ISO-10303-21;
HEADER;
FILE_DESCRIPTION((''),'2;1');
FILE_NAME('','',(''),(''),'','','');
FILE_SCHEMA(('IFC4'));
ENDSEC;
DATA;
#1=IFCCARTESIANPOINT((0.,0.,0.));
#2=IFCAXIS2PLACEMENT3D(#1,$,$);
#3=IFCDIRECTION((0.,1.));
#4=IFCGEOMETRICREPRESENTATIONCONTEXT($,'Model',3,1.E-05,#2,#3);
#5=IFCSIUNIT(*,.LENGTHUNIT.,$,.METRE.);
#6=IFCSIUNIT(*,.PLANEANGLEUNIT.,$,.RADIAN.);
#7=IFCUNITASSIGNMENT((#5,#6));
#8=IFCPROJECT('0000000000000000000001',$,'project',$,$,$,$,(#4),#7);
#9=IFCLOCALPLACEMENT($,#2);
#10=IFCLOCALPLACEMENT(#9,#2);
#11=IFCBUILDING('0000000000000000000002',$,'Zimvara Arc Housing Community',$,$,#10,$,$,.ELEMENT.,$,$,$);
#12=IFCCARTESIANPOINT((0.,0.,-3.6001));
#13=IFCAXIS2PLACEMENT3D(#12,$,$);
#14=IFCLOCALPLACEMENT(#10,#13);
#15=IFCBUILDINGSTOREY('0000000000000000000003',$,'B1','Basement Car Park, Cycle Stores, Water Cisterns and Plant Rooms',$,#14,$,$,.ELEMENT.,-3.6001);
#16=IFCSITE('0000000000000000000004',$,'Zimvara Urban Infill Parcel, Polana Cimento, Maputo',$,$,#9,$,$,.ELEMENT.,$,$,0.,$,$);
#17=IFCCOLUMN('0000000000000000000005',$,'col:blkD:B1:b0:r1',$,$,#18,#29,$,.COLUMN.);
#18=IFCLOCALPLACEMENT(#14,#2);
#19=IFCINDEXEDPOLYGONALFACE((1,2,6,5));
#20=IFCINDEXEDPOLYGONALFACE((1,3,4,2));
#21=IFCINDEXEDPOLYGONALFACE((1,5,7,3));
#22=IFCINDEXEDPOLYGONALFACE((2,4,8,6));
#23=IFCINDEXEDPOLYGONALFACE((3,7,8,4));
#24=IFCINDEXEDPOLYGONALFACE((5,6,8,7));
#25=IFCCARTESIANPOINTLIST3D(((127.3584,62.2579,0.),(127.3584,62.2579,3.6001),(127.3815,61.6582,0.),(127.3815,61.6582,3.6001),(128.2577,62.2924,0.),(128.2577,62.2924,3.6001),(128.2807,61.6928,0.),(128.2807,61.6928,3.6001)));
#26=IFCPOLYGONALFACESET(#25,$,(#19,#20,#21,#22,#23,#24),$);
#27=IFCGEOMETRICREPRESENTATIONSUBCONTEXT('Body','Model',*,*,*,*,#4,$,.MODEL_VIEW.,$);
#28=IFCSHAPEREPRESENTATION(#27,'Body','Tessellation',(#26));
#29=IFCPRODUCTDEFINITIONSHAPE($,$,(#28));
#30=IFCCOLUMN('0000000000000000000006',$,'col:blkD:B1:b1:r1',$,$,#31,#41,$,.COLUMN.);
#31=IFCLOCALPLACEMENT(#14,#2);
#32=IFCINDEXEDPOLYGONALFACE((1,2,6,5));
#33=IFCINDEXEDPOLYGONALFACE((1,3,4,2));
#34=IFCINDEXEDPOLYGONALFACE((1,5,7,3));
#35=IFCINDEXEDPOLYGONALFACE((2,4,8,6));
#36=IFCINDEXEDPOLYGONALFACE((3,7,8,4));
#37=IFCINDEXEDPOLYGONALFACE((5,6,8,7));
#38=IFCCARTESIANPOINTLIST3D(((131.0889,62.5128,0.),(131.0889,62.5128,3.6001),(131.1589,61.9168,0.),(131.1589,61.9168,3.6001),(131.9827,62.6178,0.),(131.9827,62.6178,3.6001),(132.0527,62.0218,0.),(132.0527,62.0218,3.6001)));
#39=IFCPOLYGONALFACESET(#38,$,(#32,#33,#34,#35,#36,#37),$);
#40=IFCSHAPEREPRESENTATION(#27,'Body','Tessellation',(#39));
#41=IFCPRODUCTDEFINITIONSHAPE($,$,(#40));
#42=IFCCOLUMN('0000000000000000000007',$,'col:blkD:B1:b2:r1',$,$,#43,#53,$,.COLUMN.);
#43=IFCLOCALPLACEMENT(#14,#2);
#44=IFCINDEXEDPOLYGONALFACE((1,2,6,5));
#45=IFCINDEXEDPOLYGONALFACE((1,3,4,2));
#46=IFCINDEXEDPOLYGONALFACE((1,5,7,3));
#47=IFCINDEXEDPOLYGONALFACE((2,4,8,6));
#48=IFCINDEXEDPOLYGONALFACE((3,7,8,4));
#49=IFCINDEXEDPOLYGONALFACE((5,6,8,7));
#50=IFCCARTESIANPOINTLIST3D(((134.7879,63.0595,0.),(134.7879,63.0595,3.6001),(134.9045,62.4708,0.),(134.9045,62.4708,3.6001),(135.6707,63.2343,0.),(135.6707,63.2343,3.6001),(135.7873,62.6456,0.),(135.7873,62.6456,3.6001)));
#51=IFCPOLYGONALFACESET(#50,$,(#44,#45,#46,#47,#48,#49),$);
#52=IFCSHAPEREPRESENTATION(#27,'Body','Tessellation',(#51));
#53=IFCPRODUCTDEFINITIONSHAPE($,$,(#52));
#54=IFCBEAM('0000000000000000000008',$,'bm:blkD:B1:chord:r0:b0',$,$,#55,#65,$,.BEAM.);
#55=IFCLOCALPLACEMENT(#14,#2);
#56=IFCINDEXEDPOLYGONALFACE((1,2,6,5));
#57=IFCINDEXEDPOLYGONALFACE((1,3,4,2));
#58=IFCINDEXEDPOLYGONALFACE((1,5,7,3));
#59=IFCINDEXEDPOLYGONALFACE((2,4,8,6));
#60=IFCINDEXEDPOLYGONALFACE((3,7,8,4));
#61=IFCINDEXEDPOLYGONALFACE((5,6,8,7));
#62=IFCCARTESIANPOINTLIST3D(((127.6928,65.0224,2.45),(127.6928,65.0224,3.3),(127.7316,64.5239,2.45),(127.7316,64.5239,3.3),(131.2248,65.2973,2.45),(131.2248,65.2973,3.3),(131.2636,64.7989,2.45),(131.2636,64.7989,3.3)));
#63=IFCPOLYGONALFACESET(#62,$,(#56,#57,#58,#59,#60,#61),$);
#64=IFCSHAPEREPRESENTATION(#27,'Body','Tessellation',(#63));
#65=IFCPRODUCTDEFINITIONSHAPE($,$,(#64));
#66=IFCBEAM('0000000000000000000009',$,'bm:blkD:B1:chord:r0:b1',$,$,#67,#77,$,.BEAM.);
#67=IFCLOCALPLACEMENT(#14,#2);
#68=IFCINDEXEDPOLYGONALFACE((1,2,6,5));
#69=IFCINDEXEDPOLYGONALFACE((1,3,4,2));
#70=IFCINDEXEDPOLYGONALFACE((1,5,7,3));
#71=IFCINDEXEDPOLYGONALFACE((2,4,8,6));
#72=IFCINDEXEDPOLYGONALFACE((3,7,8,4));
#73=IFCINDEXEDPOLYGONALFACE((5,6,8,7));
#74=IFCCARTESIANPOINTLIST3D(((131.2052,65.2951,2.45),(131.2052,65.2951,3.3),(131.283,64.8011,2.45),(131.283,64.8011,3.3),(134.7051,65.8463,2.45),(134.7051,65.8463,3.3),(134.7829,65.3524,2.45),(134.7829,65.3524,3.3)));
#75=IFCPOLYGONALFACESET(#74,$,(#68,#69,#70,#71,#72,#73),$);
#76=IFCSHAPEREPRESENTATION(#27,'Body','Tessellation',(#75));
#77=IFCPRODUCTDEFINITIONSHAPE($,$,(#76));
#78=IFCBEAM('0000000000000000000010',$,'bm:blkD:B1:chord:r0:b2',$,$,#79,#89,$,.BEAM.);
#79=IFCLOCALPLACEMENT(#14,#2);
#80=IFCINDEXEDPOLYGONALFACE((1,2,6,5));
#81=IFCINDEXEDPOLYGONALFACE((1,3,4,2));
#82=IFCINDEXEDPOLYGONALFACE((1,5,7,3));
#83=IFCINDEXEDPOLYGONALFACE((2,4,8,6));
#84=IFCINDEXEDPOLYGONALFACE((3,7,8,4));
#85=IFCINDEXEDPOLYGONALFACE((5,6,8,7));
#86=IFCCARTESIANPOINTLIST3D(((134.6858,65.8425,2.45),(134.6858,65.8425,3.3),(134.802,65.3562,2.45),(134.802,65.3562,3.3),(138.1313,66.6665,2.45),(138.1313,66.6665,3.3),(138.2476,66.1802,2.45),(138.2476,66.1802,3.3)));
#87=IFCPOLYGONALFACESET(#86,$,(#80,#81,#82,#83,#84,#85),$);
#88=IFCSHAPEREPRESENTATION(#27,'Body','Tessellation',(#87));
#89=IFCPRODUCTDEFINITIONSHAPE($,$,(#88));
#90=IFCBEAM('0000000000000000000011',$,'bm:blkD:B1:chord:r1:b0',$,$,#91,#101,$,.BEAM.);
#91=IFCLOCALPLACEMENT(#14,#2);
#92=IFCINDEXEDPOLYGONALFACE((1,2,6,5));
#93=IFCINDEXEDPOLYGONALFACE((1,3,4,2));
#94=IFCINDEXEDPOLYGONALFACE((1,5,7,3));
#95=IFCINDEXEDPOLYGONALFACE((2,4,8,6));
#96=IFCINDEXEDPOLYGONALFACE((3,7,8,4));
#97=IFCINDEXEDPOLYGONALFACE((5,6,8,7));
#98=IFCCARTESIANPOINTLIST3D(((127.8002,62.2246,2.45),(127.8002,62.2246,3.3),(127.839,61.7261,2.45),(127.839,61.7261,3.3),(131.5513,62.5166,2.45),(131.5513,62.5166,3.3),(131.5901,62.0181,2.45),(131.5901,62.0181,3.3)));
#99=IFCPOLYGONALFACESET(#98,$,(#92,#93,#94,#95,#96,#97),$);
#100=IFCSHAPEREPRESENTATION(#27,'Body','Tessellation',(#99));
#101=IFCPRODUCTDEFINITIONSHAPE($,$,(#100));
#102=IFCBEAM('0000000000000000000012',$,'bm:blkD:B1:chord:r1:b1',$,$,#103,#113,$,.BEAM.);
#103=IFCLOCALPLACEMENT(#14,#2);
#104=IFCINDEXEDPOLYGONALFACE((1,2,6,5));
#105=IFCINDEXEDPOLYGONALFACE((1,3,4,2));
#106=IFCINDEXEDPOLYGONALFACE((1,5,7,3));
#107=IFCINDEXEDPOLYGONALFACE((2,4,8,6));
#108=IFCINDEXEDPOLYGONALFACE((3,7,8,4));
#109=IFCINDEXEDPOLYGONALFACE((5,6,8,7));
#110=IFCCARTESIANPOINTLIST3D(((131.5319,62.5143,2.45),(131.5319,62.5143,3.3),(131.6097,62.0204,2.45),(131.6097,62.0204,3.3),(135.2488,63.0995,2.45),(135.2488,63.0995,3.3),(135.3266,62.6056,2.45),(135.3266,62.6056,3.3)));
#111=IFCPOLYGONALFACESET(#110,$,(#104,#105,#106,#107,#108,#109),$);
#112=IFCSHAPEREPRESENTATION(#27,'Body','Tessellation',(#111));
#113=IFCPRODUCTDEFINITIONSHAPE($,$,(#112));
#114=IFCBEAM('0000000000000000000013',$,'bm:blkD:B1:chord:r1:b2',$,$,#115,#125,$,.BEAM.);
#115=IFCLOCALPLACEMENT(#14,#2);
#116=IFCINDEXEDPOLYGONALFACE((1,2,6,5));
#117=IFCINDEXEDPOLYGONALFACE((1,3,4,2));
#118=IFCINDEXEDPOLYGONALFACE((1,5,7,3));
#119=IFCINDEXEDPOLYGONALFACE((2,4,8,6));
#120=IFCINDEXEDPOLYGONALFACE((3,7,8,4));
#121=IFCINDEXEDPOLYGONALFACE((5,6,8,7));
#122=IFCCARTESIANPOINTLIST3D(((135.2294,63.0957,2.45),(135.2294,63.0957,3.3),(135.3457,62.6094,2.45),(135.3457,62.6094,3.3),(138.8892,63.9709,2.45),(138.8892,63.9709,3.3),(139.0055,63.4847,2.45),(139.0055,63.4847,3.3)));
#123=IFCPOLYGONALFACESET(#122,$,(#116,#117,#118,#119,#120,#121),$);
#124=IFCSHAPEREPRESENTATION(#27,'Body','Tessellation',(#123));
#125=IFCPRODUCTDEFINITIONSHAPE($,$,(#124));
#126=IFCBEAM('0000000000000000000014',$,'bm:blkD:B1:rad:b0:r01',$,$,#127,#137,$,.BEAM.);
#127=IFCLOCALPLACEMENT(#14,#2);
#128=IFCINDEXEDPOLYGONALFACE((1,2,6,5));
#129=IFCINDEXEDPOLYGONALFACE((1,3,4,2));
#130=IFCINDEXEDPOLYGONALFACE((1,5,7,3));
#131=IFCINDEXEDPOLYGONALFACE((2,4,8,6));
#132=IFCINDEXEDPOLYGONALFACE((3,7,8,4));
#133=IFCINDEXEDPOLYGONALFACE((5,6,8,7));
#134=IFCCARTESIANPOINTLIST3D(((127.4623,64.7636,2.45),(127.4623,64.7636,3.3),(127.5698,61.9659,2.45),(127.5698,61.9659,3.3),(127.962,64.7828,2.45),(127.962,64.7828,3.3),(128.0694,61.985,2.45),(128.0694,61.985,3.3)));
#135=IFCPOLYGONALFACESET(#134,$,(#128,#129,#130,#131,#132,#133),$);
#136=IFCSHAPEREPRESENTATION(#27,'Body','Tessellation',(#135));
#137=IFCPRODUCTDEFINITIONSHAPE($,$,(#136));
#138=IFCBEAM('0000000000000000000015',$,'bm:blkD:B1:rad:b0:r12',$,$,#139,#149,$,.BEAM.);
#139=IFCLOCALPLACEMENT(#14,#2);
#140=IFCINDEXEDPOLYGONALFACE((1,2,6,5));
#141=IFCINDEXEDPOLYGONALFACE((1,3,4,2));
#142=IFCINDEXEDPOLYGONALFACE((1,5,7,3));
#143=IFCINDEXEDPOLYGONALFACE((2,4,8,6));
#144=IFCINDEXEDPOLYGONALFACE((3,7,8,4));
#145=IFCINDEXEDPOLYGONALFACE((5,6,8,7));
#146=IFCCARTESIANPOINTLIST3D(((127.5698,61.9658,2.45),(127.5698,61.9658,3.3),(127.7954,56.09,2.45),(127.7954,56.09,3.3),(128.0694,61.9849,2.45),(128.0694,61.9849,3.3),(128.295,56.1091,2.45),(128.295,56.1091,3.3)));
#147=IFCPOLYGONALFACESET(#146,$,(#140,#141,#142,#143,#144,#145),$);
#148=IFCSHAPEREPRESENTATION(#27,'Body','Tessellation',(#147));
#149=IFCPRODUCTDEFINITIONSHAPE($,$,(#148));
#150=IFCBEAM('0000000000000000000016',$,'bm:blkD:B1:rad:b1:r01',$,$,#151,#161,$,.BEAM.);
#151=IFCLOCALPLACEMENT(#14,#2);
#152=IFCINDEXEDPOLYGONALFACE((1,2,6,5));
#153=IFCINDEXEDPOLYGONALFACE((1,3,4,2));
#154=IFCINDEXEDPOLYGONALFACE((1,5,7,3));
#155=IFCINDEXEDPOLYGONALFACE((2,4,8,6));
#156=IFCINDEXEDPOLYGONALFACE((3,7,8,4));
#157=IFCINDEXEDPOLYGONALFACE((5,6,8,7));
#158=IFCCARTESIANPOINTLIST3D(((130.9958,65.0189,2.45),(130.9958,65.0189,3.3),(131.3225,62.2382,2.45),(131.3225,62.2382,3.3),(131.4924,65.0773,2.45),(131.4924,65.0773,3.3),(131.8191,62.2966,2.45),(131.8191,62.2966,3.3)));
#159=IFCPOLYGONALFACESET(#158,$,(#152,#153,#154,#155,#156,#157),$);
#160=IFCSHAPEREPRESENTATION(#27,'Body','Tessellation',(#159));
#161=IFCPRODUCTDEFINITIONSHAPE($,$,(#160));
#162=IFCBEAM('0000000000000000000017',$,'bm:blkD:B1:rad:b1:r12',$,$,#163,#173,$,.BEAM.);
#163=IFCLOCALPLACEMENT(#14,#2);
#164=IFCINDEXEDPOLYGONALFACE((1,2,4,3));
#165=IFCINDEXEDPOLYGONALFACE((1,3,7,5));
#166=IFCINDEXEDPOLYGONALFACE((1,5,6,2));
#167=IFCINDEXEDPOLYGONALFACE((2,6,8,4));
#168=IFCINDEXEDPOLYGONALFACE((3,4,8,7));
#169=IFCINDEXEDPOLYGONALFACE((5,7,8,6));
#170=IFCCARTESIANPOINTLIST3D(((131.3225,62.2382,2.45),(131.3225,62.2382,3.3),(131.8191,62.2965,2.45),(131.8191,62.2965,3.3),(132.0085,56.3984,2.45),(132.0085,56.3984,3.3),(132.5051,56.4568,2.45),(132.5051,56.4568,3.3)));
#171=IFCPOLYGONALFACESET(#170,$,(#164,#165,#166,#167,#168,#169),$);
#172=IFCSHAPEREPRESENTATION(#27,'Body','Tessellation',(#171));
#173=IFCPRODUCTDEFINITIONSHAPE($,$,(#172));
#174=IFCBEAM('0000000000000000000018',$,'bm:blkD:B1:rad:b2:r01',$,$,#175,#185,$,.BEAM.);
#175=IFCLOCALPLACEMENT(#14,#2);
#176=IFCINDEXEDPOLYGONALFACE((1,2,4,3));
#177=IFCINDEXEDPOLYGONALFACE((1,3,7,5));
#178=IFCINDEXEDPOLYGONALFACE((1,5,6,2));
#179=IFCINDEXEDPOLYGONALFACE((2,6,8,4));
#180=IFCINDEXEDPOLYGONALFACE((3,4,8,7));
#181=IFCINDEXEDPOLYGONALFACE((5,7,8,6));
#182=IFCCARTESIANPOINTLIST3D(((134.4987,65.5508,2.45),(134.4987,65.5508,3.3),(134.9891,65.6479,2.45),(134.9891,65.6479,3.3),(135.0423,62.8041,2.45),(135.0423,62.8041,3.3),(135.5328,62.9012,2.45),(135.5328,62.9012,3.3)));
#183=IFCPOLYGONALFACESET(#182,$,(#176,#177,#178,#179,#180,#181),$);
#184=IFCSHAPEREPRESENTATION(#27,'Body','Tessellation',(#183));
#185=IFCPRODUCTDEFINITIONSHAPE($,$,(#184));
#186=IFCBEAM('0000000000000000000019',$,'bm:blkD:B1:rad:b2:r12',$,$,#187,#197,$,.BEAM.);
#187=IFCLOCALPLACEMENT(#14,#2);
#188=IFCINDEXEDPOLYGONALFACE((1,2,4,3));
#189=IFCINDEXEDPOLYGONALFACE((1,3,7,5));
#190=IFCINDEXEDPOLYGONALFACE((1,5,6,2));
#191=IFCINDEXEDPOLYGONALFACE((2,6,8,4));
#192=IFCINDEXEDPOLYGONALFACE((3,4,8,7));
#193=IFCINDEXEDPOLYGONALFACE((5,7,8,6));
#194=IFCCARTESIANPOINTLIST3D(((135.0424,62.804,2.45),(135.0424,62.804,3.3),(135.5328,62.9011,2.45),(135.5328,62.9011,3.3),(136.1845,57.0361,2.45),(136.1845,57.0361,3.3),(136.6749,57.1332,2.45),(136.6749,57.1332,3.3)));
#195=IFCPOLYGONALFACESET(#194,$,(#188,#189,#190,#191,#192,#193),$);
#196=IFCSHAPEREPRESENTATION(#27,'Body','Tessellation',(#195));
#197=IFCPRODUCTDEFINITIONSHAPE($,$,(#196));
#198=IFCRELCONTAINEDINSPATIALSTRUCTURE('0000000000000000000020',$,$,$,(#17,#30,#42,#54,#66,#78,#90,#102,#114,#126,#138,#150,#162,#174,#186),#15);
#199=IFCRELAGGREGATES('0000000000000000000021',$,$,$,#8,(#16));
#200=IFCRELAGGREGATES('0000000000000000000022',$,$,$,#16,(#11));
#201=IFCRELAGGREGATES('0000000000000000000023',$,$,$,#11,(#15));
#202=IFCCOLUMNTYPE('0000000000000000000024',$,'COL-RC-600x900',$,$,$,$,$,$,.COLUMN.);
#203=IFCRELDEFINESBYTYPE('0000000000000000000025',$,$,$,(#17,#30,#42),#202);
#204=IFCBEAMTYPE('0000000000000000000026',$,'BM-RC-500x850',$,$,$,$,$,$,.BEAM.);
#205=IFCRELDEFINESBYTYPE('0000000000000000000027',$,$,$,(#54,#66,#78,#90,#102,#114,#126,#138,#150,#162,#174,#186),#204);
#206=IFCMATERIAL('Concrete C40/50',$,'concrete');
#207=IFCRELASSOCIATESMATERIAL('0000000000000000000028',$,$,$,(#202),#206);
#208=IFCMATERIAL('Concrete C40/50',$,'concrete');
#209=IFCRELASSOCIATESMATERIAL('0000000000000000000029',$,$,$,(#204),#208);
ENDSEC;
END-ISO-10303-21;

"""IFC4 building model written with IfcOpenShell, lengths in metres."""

from ifc_helpers import new_model, si_unit, direction, frame, origin, origin_2d, place, context, subcontext, project, spatial, rectangle, extrude, material, material_profile, profile_set, type_object, element, save


model = new_model("IFC4")

# Units and contexts
model_context = context("Model", 3, precision=1e-05, world=origin(), true_north=direction((0.0, 1.0)))
body_context = subcontext(model_context, "Body", "Model", "MODEL_VIEW")
ifc_project = project(units=[si_unit("LENGTHUNIT", "METRE"), si_unit("PLANEANGLEUNIT", "RADIAN")], contexts=[model_context])

# Site, building, storey
site_placement = place(None, origin())
site = spatial("IfcSite", under=ifc_project, at=site_placement, Name="Zimvara Urban Infill Parcel, Polana Cimento, Maputo", CompositionType="ELEMENT", RefElevation=0.0)
building_placement = place(site_placement, origin())
building = spatial("IfcBuilding", under=site, at=building_placement, Name="Zimvara Arc Housing Community", CompositionType="ELEMENT")
storey_placement = place(building_placement, frame((0.0, 0.0, -3.6001)))
storey = spatial("IfcBuildingStorey", under=building, at=storey_placement, Name="B1", Description="Basement Car Park, Cycle Stores, Water Cisterns and Plant Rooms", CompositionType="ELEMENT", Elevation=-3.6001)

# Columns
ifc_material_1 = material(Name="Concrete C40/50", Category="concrete")
ifc_material_profile_1 = material_profile(ifc_material_1, rectangle(XDim=0.6001, YDim=0.8999, at=origin_2d()), Name="RC 600x900")
ifc_profile_set_1 = profile_set([ifc_material_profile_1], Name="Concrete C40/50")
column_type_1 = type_object("IfcColumnType", Name="COL-RC-600x900", PredefinedType="COLUMN", material=ifc_profile_set_1)
for number, where, z_axis, x_axis, name in (
    (1, (127.8196, 61.9753, 0.0), (0.0, 0.0, 1.0), (0.038388, -0.999263, 0.0), "col:blkD:B1:b0:r1"),
    (2, (131.5708, 62.2673, 0.0), (0.0, 0.0, 1.0), (0.116671, -0.993171, 0.0), "col:blkD:B1:b1:r1"),
    (3, (135.2876, 62.8525, 0.0), (0.0, 0.0, 1.0), (0.194234, -0.980955, 0.0), "col:blkD:B1:b2:r1"),
):
    element("IfcColumn", number, at=place(storey_placement, frame(where, z_axis=z_axis, x_axis=x_axis)), inside=storey, type_object=column_type_1, Name=name, PredefinedType="COLUMN", context=body_context, shape_type="SweptSolid", body=[
        extrude(rectangle(XDim=0.6001, YDim=0.8999, at=origin_2d()), origin(), (0.0, 0.0, 1.0), 3.6001),
    ])

# Beams
ifc_material_2 = material(Name="Concrete C40/50", Category="concrete")
ifc_material_profile_2 = material_profile(ifc_material_2, rectangle(XDim=0.5, YDim=0.8501, at=origin_2d()), Name="RC 500x850")
ifc_profile_set_2 = profile_set([ifc_material_profile_2], Name="Concrete C40/50")
beam_type = type_object("IfcBeamType", Name="BM-RC-500x850", PredefinedType="BEAM", material=ifc_profile_set_2)
beam_1_placement = place(storey_placement, frame((127.7122, 64.7732, 2.875), z_axis=(0.996985, 0.077598, 0.0), x_axis=(-0.077598, 0.996985, 0.0)))
element("IfcBeam", 4, at=beam_1_placement, inside=storey, type_object=beam_type, Name="bm:blkD:B1:chord:r0:b0", PredefinedType="BEAM", context=body_context, shape_type="SweptSolid", body=[
    extrude(rectangle(XDim=0.5, YDim=0.8501, at=origin_2d()), origin(), (0.0, 0.0, 1.0), 3.5427),
])
beam_2_placement = place(storey_placement, frame((131.2441, 65.0481, 2.875), z_axis=(0.98782, 0.155598, 0.0), x_axis=(-0.155598, 0.98782, 0.0)))
element("IfcBeam", 5, at=beam_2_placement, inside=storey, type_object=beam_type, Name="bm:blkD:B1:chord:r0:b1", PredefinedType="BEAM", context=body_context, shape_type="SweptSolid", body=[
    extrude(rectangle(XDim=0.5, YDim=0.8501, at=origin_2d()), origin(), (0.0, 0.0, 1.0), 3.543),
])
beam_3_placement = place(storey_placement, frame((134.7439, 65.5994, 2.875), z_axis=(0.972577, 0.232583, 0.0), x_axis=(-0.232583, 0.972577, 0.0)))
element("IfcBeam", 6, at=beam_3_placement, inside=storey, type_object=beam_type, Name="bm:blkD:B1:chord:r0:b2", PredefinedType="BEAM", context=body_context, shape_type="SweptSolid", body=[
    extrude(rectangle(XDim=0.5, YDim=0.8501, at=origin_2d()), origin(), (0.0, 0.0, 1.0), 3.5427),
])
beam_4_placement = place(storey_placement, frame((127.8196, 61.9753, 2.875), z_axis=(0.996984, 0.077604, 0.0), x_axis=(-0.077604, 0.996984, 0.0)))
element("IfcBeam", 7, at=beam_4_placement, inside=storey, type_object=beam_type, Name="bm:blkD:B1:chord:r1:b0", PredefinedType="BEAM", context=body_context, shape_type="SweptSolid", body=[
    extrude(rectangle(XDim=0.5, YDim=0.8501, at=origin_2d()), origin(), (0.0, 0.0, 1.0), 3.7625),
])
beam_5_placement = place(storey_placement, frame((131.5708, 62.2673, 2.875), z_axis=(0.987831, 0.155533, 0.0), x_axis=(-0.155533, 0.987831, 0.0)))
element("IfcBeam", 8, at=beam_5_placement, inside=storey, type_object=beam_type, Name="bm:blkD:B1:chord:r1:b1", PredefinedType="BEAM", context=body_context, shape_type="SweptSolid", body=[
    extrude(rectangle(XDim=0.5, YDim=0.8501, at=origin_2d()), origin(), (0.0, 0.0, 1.0), 3.7627),
])
beam_6_placement = place(storey_placement, frame((135.2876, 62.8525, 2.875), z_axis=(0.972573, 0.2326, 0.0), x_axis=(-0.2326, 0.972573, 0.0)))
element("IfcBeam", 9, at=beam_6_placement, inside=storey, type_object=beam_type, Name="bm:blkD:B1:chord:r1:b2", PredefinedType="BEAM", context=body_context, shape_type="SweptSolid", body=[
    extrude(rectangle(XDim=0.5, YDim=0.8501, at=origin_2d()), origin(), (0.0, 0.0, 1.0), 3.7629),
])
beam_7_placement = place(storey_placement, frame((127.7122, 64.7732, 2.875), z_axis=(0.038366, -0.999264, 0.0), x_axis=(0.999264, 0.038366, 0.0)))
element("IfcBeam", 10, at=beam_7_placement, inside=storey, type_object=beam_type, Name="bm:blkD:B1:rad:b0:r01", PredefinedType="BEAM", context=body_context, shape_type="SweptSolid", body=[
    extrude(rectangle(XDim=0.5, YDim=0.8501, at=origin_2d()), origin(), (0.0, 0.0, 1.0), 2.7998),
])
beam_8_placement = place(storey_placement, frame((127.8196, 61.9753, 2.875), z_axis=(0.038365, -0.999264, 0.0), x_axis=(0.999264, 0.038365, 0.0)))
element("IfcBeam", 11, at=beam_8_placement, inside=storey, type_object=beam_type, Name="bm:blkD:B1:rad:b0:r12", PredefinedType="BEAM", context=body_context, shape_type="SweptSolid", body=[
    extrude(rectangle(XDim=0.5, YDim=0.8501, at=origin_2d()), origin(), (0.0, 0.0, 1.0), 5.8801),
])
beam_9_placement = place(storey_placement, frame((131.2441, 65.0481, 2.875), z_axis=(0.116669, -0.993171, 0.0), x_axis=(0.993171, 0.116669, 0.0)))
element("IfcBeam", 12, at=beam_9_placement, inside=storey, type_object=beam_type, Name="bm:blkD:B1:rad:b1:r01", PredefinedType="BEAM", context=body_context, shape_type="SweptSolid", body=[
    extrude(rectangle(XDim=0.5, YDim=0.8501, at=origin_2d()), origin(), (0.0, 0.0, 1.0), 2.7998),
])
beam_10_placement = place(storey_placement, frame((131.5708, 62.2673, 2.875), z_axis=(0.116673, -0.99317, 0.0), x_axis=(0.99317, 0.116673, 0.0)))
element("IfcBeam", 13, at=beam_10_placement, inside=storey, type_object=beam_type, Name="bm:blkD:B1:rad:b1:r12", PredefinedType="BEAM", context=body_context, shape_type="SweptSolid", body=[
    extrude(rectangle(XDim=0.5, YDim=0.8501, at=origin_2d()), origin(), (0.0, 0.0, 1.0), 5.8799),
])
beam_11_placement = place(storey_placement, frame((134.7439, 65.5994, 2.875), z_axis=(0.194171, -0.980968, 0.0), x_axis=(0.980968, 0.194171, 0.0)))
element("IfcBeam", 14, at=beam_11_placement, inside=storey, type_object=beam_type, Name="bm:blkD:B1:rad:b2:r01", PredefinedType="BEAM", context=body_context, shape_type="SweptSolid", body=[
    extrude(rectangle(XDim=0.5, YDim=0.8501, at=origin_2d()), origin(), (0.0, 0.0, 1.0), 2.8),
])
beam_12_placement = place(storey_placement, frame((135.2876, 62.8525, 2.875), z_axis=(0.194239, -0.980954, 0.0), x_axis=(0.980954, 0.194239, 0.0)))
element("IfcBeam", 15, at=beam_12_placement, inside=storey, type_object=beam_type, Name="bm:blkD:B1:rad:b2:r12", PredefinedType="BEAM", context=body_context, shape_type="SweptSolid", body=[
    extrude(rectangle(XDim=0.5, YDim=0.8501, at=origin_2d()), origin(), (0.0, 0.0, 1.0), 5.8799),
])

save(model, "model.ifc")
